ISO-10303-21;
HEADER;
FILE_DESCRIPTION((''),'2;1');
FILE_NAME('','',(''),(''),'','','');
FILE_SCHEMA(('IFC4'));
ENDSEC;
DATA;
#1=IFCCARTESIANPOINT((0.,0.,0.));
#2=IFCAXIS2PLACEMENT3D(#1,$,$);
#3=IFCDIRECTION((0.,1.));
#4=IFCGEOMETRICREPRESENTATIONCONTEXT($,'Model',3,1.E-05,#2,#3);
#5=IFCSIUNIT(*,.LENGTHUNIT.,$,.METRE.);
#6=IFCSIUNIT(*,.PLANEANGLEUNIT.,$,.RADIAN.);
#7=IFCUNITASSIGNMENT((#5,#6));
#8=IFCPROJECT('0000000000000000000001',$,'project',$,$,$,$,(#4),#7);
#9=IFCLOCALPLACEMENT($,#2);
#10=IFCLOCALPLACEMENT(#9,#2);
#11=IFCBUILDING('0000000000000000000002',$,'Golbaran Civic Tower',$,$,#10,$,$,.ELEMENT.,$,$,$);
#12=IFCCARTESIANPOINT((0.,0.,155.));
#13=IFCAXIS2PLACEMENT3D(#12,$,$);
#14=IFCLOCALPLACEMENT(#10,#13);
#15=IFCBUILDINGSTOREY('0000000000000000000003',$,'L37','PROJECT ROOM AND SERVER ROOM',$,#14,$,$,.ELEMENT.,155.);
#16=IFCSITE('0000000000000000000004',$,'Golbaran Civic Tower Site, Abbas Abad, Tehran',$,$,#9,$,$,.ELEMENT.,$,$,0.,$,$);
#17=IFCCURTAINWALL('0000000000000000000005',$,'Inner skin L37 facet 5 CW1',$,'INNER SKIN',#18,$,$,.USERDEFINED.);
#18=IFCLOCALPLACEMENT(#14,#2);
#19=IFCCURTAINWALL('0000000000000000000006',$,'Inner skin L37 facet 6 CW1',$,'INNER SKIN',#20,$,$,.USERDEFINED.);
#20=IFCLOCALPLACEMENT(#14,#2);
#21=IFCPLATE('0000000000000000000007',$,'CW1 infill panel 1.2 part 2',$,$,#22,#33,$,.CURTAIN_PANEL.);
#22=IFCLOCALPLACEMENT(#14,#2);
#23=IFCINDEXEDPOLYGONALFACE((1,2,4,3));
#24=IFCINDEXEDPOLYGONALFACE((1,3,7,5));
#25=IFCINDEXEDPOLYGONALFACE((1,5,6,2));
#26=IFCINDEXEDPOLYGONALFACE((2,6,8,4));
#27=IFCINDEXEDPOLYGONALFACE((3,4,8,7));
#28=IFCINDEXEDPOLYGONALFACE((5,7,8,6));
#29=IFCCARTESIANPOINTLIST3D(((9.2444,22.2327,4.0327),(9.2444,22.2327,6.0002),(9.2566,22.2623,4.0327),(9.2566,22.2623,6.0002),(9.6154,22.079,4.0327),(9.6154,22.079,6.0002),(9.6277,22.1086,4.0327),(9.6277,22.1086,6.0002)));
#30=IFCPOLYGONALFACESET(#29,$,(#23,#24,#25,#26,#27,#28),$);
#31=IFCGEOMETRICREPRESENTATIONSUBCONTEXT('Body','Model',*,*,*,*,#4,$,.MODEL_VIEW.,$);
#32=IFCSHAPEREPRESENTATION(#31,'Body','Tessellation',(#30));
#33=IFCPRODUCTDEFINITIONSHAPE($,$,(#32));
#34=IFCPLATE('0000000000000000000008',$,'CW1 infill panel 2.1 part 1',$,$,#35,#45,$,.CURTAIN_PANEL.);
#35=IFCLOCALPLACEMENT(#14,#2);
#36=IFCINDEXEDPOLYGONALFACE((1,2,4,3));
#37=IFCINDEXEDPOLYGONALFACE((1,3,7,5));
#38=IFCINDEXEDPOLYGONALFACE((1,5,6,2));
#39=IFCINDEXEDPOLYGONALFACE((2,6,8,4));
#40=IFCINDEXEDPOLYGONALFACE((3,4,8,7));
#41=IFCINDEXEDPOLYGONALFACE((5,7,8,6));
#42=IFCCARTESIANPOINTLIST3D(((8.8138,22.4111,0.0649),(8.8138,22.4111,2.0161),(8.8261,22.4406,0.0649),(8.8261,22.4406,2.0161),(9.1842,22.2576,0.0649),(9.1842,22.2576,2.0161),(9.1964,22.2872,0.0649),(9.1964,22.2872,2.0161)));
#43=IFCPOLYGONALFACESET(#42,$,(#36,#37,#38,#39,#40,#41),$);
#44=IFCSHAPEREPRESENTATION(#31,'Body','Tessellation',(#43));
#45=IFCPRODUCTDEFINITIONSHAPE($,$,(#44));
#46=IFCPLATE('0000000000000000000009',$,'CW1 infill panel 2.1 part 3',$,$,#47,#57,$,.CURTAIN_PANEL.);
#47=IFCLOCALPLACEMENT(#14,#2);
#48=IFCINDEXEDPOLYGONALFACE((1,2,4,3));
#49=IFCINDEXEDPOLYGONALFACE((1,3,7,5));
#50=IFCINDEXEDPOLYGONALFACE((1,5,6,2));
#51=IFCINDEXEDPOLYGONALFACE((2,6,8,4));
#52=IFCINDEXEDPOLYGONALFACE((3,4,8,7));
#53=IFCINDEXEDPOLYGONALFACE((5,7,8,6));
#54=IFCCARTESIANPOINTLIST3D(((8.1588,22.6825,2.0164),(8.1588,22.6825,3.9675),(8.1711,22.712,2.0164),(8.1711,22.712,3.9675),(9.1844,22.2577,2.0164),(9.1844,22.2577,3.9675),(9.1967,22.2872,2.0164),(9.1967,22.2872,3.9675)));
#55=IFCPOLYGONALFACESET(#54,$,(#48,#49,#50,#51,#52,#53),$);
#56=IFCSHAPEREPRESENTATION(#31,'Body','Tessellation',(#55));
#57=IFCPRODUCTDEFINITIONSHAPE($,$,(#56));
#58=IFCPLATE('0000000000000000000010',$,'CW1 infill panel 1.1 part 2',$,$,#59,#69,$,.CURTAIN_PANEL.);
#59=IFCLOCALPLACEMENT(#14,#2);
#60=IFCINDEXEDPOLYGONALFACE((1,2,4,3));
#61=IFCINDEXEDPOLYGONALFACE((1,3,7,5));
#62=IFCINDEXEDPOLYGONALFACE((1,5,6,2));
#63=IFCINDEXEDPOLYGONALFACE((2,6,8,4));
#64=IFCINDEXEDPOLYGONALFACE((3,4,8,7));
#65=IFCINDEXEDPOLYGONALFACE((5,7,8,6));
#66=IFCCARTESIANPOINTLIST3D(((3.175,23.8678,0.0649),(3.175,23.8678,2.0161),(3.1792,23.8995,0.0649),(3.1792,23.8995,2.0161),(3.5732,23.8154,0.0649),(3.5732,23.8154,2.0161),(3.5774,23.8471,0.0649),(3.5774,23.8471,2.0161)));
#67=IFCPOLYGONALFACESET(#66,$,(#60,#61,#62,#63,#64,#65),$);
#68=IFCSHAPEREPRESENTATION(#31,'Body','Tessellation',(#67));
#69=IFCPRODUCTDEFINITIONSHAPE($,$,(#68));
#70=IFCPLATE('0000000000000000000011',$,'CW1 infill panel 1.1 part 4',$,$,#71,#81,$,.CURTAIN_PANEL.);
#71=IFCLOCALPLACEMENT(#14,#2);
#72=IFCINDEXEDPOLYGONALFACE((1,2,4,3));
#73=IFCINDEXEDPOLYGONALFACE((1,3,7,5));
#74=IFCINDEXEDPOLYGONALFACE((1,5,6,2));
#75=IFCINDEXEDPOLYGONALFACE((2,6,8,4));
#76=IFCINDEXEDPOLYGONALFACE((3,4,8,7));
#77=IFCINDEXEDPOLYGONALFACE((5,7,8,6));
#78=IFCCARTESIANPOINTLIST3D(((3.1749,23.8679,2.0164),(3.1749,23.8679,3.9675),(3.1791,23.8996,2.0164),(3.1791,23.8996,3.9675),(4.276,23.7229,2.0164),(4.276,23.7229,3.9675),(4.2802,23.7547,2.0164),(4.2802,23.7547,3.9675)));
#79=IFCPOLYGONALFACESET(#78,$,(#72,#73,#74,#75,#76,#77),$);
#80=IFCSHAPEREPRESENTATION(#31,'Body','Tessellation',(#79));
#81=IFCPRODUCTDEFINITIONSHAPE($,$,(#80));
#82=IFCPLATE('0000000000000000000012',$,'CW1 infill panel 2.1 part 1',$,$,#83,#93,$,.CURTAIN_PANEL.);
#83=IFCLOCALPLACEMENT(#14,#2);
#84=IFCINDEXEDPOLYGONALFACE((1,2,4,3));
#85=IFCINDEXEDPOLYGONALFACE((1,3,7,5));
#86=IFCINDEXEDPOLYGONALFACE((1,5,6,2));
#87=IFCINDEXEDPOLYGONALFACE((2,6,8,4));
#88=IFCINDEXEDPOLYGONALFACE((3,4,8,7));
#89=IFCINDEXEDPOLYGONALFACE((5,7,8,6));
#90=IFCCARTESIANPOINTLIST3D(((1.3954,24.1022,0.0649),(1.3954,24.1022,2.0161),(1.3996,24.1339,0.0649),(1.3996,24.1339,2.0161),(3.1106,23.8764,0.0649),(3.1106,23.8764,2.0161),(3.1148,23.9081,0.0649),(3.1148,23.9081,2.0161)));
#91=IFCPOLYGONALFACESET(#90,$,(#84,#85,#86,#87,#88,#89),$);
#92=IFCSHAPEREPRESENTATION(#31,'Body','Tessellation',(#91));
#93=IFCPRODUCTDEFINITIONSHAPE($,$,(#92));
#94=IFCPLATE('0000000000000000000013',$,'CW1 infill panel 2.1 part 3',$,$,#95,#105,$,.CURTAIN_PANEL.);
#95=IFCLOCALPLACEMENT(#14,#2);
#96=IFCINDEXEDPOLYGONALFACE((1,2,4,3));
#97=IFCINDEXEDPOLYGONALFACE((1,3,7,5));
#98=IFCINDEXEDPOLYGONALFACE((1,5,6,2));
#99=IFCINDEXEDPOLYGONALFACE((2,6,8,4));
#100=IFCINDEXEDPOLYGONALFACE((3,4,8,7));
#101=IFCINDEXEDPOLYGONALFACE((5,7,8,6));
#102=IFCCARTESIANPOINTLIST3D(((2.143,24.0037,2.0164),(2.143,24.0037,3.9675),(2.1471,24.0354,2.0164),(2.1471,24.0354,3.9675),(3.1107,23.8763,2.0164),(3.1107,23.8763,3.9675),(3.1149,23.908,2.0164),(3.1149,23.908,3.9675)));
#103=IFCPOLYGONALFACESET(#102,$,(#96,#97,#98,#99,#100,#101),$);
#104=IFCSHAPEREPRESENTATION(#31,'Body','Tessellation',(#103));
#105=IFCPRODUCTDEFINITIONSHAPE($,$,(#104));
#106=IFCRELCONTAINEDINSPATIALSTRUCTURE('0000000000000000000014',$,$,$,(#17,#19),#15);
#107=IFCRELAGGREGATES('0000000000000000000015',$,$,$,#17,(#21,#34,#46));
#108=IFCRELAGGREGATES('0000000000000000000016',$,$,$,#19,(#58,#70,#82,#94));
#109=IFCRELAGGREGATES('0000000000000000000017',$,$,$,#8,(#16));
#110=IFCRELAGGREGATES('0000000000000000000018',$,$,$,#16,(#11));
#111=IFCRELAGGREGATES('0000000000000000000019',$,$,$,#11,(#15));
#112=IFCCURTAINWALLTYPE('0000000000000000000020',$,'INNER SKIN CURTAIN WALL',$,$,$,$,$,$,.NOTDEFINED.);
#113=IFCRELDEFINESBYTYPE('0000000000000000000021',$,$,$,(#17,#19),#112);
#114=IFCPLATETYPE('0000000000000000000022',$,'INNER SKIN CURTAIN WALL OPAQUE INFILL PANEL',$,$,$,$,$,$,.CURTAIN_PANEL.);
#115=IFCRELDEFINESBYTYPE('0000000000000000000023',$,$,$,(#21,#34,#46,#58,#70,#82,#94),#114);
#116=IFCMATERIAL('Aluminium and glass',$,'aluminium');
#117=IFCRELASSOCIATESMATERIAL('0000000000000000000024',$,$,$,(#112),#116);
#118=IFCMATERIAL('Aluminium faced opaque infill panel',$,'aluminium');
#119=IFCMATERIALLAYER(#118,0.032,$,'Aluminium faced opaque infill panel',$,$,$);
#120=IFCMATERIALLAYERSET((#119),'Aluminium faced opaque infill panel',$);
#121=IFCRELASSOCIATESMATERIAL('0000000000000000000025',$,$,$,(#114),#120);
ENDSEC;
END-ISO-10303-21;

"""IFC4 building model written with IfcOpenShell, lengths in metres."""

from ifc_helpers import new_model, si_unit, direction, frame, origin, origin_2d, place, context, subcontext, project, spatial, rectangle, extrude, material, layer, layer_set, type_object, element, aggregate, save


model = new_model("IFC4")

# Units and contexts
model_context = context("Model", 3, precision=1e-05, world=origin(), true_north=direction((0.0, 1.0)))
body_context = subcontext(model_context, "Body", "Model", "MODEL_VIEW")
ifc_project = project(units=[si_unit("LENGTHUNIT", "METRE"), si_unit("PLANEANGLEUNIT", "RADIAN")], contexts=[model_context])

# Site, building, storey
site_placement = place(None, origin())
site = spatial("IfcSite", under=ifc_project, at=site_placement, Name="Golbaran Civic Tower Site, Abbas Abad, Tehran", CompositionType="ELEMENT", RefElevation=0.0)
building_placement = place(site_placement, origin())
building = spatial("IfcBuilding", under=site, at=building_placement, Name="Golbaran Civic Tower", CompositionType="ELEMENT")
storey_placement = place(building_placement, frame((0.0, 0.0, 155.0)))
storey = spatial("IfcBuildingStorey", under=building, at=storey_placement, Name="L37", Description="PROJECT ROOM AND SERVER ROOM", CompositionType="ELEMENT", Elevation=155.0)

# Curtain walls
ifc_material_1 = material(Name="Aluminium and glass", Category="aluminium")
curtain_wall_type = type_object("IfcCurtainWallType", Name="INNER SKIN CURTAIN WALL", PredefinedType="NOTDEFINED", material=ifc_material_1)
curtain_wall_1_placement = place(storey_placement, origin())
curtain_wall_1 = element("IfcCurtainWall", 1, at=curtain_wall_1_placement, inside=storey, type_object=curtain_wall_type, Name="Inner skin L37 facet 5 CW1", ObjectType="INNER SKIN", PredefinedType="USERDEFINED")
curtain_wall_2_placement = place(storey_placement, origin())
curtain_wall_2 = element("IfcCurtainWall", 2, at=curtain_wall_2_placement, inside=storey, type_object=curtain_wall_type, Name="Inner skin L37 facet 6 CW1", ObjectType="INNER SKIN", PredefinedType="USERDEFINED")

# Plates
ifc_material_2 = material(Name="Aluminium faced opaque infill panel", Category="aluminium")
ifc_layer_1 = layer(ifc_material_2, 0.032, Name="Aluminium faced opaque infill panel")
ifc_layer_set_1 = layer_set([ifc_layer_1], Name="Aluminium faced opaque infill panel")
plate_type_1 = type_object("IfcPlateType", Name="INNER SKIN CURTAIN WALL OPAQUE INFILL PANEL", PredefinedType="CURTAIN_PANEL", material=ifc_layer_set_1)
plate_1_placement = place(storey_placement, frame((9.436, 22.1707, 4.0327), z_axis=(0.0, 0.0, 1.0), x_axis=(-0.92388, 0.382683, 0.0)))
plate_1 = element("IfcPlate", 3, at=plate_1_placement, type_object=plate_type_1, Name="CW1 infill panel 1.2 part 2", PredefinedType="CURTAIN_PANEL", context=body_context, shape_type="SweptSolid", body=[
    extrude(rectangle(XDim=0.4016, YDim=0.032, at=origin_2d()), origin(), (0.0, 0.0, 1.0), 1.9675),
])
plate_2_placement = place(storey_placement, frame((9.0051, 22.3491, 0.0649), z_axis=(0.0, 0.0, 1.0), x_axis=(-0.92388, 0.382683, 0.0)))
plate_2 = element("IfcPlate", 4, at=plate_2_placement, type_object=plate_type_1, Name="CW1 infill panel 2.1 part 1", PredefinedType="CURTAIN_PANEL", context=body_context, shape_type="SweptSolid", body=[
    extrude(rectangle(XDim=0.4009, YDim=0.032, at=origin_2d()), origin(), (0.0, 0.0, 1.0), 1.9512),
])
plate_3_placement = place(storey_placement, frame((8.6777, 22.4849, 2.0164), z_axis=(0.0, 0.0, 1.0), x_axis=(-0.92388, 0.382683, 0.0)))
plate_3 = element("IfcPlate", 5, at=plate_3_placement, type_object=plate_type_1, Name="CW1 infill panel 2.1 part 3", PredefinedType="CURTAIN_PANEL", context=body_context, shape_type="SweptSolid", body=[
    extrude(rectangle(XDim=1.1101, YDim=0.032, at=origin_2d()), origin(), (0.0, 0.0, 1.0), 1.9512),
])
aggregate(curtain_wall_1, [plate_1, plate_2, plate_3])
plate_4_placement = place(storey_placement, frame((3.3762, 23.8574, 0.0649), z_axis=(0.0, 0.0, 1.0), x_axis=(-0.991445, 0.130526, 0.0)))
plate_4 = element("IfcPlate", 6, at=plate_4_placement, type_object=plate_type_1, Name="CW1 infill panel 1.1 part 2", PredefinedType="CURTAIN_PANEL", context=body_context, shape_type="SweptSolid", body=[
    extrude(rectangle(XDim=0.4016, YDim=0.032, at=origin_2d()), origin(), (0.0, 0.0, 1.0), 1.9512),
])
plate_5_placement = place(storey_placement, frame((3.7275, 23.8113, 2.0164), z_axis=(0.0, 0.0, 1.0), x_axis=(-0.991445, 0.130526, 0.0)))
plate_5 = element("IfcPlate", 7, at=plate_5_placement, type_object=plate_type_1, Name="CW1 infill panel 1.1 part 4", PredefinedType="CURTAIN_PANEL", context=body_context, shape_type="SweptSolid", body=[
    extrude(rectangle(XDim=1.1106, YDim=0.032, at=origin_2d()), origin(), (0.0, 0.0, 1.0), 1.9512),
])
plate_6_placement = place(storey_placement, frame((2.2551, 24.0051, 0.0649), z_axis=(0.0, 0.0, 1.0), x_axis=(-0.991445, 0.130526, 0.0)))
plate_6 = element("IfcPlate", 8, at=plate_6_placement, type_object=plate_type_1, Name="CW1 infill panel 2.1 part 1", PredefinedType="CURTAIN_PANEL", context=body_context, shape_type="SweptSolid", body=[
    extrude(rectangle(XDim=1.73, YDim=0.032, at=origin_2d()), origin(), (0.0, 0.0, 1.0), 1.9512),
])
plate_7_placement = place(storey_placement, frame((2.6289, 23.9558, 2.0164), z_axis=(0.0, 0.0, 1.0), x_axis=(-0.991445, 0.130526, 0.0)))
plate_7 = element("IfcPlate", 9, at=plate_7_placement, type_object=plate_type_1, Name="CW1 infill panel 2.1 part 3", PredefinedType="CURTAIN_PANEL", context=body_context, shape_type="SweptSolid", body=[
    extrude(rectangle(XDim=0.9761, YDim=0.032, at=origin_2d()), origin(), (0.0, 0.0, 1.0), 1.9512),
])
aggregate(curtain_wall_2, [plate_4, plate_5, plate_6, plate_7])

save(model, "model.ifc")
